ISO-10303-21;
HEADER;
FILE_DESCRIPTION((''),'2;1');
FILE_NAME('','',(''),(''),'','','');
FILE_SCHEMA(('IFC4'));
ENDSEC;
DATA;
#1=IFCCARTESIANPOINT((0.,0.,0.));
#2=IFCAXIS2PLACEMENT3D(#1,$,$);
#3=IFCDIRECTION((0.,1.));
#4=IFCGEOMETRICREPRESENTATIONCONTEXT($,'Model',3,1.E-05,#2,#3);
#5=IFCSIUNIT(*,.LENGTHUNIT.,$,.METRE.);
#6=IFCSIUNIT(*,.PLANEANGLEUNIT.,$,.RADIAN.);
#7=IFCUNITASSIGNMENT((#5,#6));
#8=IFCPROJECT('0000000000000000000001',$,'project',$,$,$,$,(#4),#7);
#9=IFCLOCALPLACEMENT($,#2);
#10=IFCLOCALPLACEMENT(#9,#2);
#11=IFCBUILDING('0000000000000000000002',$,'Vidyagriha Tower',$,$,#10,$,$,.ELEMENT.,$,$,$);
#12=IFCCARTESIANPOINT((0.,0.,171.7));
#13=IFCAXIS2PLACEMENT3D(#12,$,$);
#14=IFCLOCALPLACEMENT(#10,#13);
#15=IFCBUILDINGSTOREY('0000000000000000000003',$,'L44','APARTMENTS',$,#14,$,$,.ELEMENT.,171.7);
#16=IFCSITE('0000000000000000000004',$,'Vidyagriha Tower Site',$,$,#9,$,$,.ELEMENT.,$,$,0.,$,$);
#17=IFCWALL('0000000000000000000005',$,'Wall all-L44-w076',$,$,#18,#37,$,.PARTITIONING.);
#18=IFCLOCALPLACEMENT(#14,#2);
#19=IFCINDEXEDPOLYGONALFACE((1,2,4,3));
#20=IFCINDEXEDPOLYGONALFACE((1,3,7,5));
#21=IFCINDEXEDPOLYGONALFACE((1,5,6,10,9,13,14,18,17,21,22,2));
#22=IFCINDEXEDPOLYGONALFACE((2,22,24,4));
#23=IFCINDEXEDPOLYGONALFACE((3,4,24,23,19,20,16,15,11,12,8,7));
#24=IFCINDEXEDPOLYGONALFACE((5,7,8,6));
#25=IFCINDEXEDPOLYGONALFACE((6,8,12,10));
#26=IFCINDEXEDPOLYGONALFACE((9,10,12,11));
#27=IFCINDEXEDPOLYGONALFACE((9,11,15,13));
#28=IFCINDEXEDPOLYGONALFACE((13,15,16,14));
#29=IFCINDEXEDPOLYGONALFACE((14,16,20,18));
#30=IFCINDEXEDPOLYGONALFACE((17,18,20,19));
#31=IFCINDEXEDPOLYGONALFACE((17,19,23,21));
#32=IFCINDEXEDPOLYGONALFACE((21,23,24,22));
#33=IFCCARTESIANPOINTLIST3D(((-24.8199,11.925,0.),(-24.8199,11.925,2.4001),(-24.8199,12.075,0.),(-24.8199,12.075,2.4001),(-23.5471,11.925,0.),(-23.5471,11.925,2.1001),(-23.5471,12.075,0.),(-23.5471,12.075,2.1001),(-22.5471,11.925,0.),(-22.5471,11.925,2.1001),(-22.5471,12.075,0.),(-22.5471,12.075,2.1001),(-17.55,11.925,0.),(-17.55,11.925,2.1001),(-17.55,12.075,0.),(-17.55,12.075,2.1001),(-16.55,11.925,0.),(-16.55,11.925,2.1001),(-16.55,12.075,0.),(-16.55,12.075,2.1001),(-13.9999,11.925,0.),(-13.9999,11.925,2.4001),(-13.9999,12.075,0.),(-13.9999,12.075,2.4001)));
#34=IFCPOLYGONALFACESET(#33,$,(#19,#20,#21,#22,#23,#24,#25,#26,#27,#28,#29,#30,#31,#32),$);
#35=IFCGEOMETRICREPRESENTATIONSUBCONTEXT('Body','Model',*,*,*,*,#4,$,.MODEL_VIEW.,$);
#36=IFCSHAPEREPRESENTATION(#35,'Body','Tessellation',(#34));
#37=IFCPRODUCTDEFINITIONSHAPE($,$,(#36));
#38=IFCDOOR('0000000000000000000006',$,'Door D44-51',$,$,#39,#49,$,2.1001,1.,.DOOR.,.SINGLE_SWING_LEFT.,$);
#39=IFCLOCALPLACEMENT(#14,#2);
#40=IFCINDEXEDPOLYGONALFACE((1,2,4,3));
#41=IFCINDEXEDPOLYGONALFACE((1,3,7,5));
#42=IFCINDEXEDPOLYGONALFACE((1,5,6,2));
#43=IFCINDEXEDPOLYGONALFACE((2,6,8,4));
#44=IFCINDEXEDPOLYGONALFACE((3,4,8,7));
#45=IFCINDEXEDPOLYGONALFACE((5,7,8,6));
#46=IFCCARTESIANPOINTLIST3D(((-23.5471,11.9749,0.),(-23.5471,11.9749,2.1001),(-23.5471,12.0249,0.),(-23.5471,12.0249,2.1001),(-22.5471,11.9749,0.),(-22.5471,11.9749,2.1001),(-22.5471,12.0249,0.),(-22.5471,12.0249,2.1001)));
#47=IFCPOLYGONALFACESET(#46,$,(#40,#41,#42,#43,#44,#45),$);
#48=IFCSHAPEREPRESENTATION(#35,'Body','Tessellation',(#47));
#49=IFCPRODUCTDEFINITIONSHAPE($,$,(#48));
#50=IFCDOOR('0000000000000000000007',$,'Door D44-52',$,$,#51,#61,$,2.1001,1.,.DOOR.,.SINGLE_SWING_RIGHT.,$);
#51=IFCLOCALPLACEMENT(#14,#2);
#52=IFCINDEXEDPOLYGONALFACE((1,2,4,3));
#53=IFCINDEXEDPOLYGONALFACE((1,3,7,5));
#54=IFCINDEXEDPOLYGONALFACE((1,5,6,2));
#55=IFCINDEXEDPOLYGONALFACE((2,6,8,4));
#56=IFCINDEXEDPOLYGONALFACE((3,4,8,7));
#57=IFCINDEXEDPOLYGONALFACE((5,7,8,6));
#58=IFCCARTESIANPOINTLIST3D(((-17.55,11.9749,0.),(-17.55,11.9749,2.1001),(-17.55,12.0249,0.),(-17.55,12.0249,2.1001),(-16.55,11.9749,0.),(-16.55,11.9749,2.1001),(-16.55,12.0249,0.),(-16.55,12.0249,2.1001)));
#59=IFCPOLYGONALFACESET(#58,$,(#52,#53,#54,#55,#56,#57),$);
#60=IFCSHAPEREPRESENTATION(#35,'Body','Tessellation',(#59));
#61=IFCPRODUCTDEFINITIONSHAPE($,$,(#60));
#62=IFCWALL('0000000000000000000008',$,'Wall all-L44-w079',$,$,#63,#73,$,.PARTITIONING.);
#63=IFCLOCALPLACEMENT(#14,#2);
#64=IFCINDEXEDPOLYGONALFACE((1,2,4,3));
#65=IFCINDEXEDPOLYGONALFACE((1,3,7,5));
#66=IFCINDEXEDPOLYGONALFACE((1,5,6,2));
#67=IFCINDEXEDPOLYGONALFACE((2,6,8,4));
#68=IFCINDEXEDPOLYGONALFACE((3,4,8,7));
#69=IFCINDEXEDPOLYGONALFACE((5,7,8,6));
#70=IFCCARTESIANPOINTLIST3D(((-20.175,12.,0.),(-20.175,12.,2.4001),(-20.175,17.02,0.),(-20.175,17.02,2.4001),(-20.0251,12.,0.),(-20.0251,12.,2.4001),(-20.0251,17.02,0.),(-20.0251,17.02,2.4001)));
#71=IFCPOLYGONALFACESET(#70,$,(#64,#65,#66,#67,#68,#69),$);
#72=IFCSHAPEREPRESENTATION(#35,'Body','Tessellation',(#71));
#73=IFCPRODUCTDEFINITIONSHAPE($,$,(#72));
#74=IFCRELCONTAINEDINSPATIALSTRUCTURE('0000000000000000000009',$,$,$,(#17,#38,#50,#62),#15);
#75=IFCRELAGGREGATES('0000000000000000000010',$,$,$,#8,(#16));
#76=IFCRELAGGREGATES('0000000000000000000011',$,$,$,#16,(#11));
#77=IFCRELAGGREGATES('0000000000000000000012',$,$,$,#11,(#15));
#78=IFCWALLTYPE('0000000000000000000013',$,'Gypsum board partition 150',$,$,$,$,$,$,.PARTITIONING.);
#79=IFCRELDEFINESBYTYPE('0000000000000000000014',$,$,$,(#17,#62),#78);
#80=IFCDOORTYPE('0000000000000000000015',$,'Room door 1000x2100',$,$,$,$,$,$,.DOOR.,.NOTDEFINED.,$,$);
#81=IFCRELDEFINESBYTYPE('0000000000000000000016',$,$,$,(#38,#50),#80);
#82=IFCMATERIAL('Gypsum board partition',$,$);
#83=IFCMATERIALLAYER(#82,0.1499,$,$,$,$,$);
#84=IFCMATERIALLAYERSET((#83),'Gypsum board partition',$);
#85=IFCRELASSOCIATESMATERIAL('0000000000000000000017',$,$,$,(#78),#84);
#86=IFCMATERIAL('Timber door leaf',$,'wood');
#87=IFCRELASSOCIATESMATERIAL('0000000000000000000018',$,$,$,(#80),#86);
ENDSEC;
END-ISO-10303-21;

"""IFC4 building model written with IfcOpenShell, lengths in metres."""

from ifc_helpers import new_model, si_unit, direction, frame, frame_2d, origin, place, context, subcontext, project, spatial, rectangle, extrude, material, layer, layer_set, type_object, element, fill, save


model = new_model("IFC4")

# Units and contexts
model_context = context("Model", 3, precision=1e-05, world=origin(), true_north=direction((0.0, 1.0)))
body_context = subcontext(model_context, "Body", "Model", "MODEL_VIEW")
ifc_project = project(units=[si_unit("LENGTHUNIT", "METRE"), si_unit("PLANEANGLEUNIT", "RADIAN")], contexts=[model_context])

# Site, building, storey
site_placement = place(None, origin())
site = spatial("IfcSite", under=ifc_project, at=site_placement, Name="Vidyagriha Tower Site", CompositionType="ELEMENT", RefElevation=0.0)
building_placement = place(site_placement, origin())
building = spatial("IfcBuilding", under=site, at=building_placement, Name="Vidyagriha Tower", CompositionType="ELEMENT")
storey_placement = place(building_placement, frame((0.0, 0.0, 171.7)))
storey = spatial("IfcBuildingStorey", under=building, at=storey_placement, Name="L44", Description="APARTMENTS", CompositionType="ELEMENT", Elevation=171.7)

# Wall, openings, doors
ifc_material_1 = material(Name="Gypsum board partition")
ifc_layer_1 = layer(ifc_material_1, 0.1499)
ifc_layer_set_1 = layer_set([ifc_layer_1], Name="Gypsum board partition")
wall_type_1 = type_object("IfcWallType", Name="Gypsum board partition 150", PredefinedType="PARTITIONING", material=ifc_layer_set_1)
wall_1_placement = place(storey_placement, frame((-24.8201, 12.0, 0.0)))
wall_1 = element("IfcWall", 1, at=wall_1_placement, inside=storey, type_object=wall_type_1, Name="Wall all-L44-w076", PredefinedType="PARTITIONING", context=body_context, shape_type="SweptSolid", body=[
    extrude(rectangle(XDim=10.8201, YDim=0.1499, at=frame_2d((5.4102, 0.0))), origin(), (0.0, 0.0, 1.0), 2.4001),
])
opening_1_placement = place(wall_1_placement, frame((1.2729, 0.0, 0.0)))
opening_1 = element("IfcOpeningElement", 2, at=opening_1_placement, cuts=wall_1, PredefinedType="OPENING", context=body_context, shape_type="SweptSolid", body=[
    extrude(rectangle(XDim=1.0, YDim=2.1001, at=frame_2d((0.5, 1.05))), frame((0.0, 0.085, 0.0), z_axis=(0.0, -1.0, 0.0), x_axis=(1.0, 0.0, 0.0)), (0.0, 0.0, 1.0), 0.1699),
])
opening_2_placement = place(wall_1_placement, frame((7.27, 0.0, 0.0)))
opening_2 = element("IfcOpeningElement", 3, at=opening_2_placement, cuts=wall_1, PredefinedType="OPENING", context=body_context, shape_type="SweptSolid", body=[
    extrude(rectangle(XDim=1.0, YDim=2.1001, at=frame_2d((0.5, 1.05))), frame((0.0, 0.085, 0.0), z_axis=(0.0, -1.0, 0.0), x_axis=(1.0, 0.0, 0.0)), (0.0, 0.0, 1.0), 0.1699),
])
ifc_material_2 = material(Name="Timber door leaf", Category="wood")
door_type = type_object("IfcDoorType", Name="Room door 1000x2100", OperationType="NOTDEFINED", PredefinedType="DOOR", material=ifc_material_2)
door_1_placement = place(opening_1_placement, origin())
door_1 = element("IfcDoor", 4, at=door_1_placement, inside=storey, type_object=door_type, Name="Door D44-51", OperationType="SINGLE_SWING_LEFT", OverallHeight=2.1001, OverallWidth=1.0, PredefinedType="DOOR", context=body_context, shape_type="SweptSolid", body=[
    extrude(rectangle(XDim=1.0, YDim=2.1001, at=frame_2d((0.5, 1.05))), frame((0.0, 0.0249, 0.0), z_axis=(0.0, -1.0, 0.0), x_axis=(1.0, 0.0, 0.0)), (0.0, 0.0, 1.0), 0.05),
])
fill(opening_1, door_1)
door_2_placement = place(opening_2_placement, origin())
door_2 = element("IfcDoor", 5, at=door_2_placement, inside=storey, type_object=door_type, Name="Door D44-52", OperationType="SINGLE_SWING_RIGHT", OverallHeight=2.1001, OverallWidth=1.0, PredefinedType="DOOR", context=body_context, shape_type="SweptSolid", body=[
    extrude(rectangle(XDim=1.0, YDim=2.1001, at=frame_2d((0.5, 1.05))), frame((0.0, 0.0249, 0.0), z_axis=(0.0, -1.0, 0.0), x_axis=(1.0, 0.0, 0.0)), (0.0, 0.0, 1.0), 0.05),
])
fill(opening_2, door_2)

# Wall
wall_2_placement = place(storey_placement, frame((-20.1001, 17.02, 0.0), z_axis=(0.0, 0.0, 1.0), x_axis=(0.0, -1.0, 0.0)))
element("IfcWall", 6, at=wall_2_placement, inside=storey, type_object=wall_type_1, Name="Wall all-L44-w079", PredefinedType="PARTITIONING", context=body_context, shape_type="SweptSolid", body=[
    extrude(rectangle(XDim=5.02, YDim=0.1499, at=frame_2d((2.51, 0.0))), origin(), (0.0, 0.0, 1.0), 2.4001),
])

save(model, "model.ifc")
